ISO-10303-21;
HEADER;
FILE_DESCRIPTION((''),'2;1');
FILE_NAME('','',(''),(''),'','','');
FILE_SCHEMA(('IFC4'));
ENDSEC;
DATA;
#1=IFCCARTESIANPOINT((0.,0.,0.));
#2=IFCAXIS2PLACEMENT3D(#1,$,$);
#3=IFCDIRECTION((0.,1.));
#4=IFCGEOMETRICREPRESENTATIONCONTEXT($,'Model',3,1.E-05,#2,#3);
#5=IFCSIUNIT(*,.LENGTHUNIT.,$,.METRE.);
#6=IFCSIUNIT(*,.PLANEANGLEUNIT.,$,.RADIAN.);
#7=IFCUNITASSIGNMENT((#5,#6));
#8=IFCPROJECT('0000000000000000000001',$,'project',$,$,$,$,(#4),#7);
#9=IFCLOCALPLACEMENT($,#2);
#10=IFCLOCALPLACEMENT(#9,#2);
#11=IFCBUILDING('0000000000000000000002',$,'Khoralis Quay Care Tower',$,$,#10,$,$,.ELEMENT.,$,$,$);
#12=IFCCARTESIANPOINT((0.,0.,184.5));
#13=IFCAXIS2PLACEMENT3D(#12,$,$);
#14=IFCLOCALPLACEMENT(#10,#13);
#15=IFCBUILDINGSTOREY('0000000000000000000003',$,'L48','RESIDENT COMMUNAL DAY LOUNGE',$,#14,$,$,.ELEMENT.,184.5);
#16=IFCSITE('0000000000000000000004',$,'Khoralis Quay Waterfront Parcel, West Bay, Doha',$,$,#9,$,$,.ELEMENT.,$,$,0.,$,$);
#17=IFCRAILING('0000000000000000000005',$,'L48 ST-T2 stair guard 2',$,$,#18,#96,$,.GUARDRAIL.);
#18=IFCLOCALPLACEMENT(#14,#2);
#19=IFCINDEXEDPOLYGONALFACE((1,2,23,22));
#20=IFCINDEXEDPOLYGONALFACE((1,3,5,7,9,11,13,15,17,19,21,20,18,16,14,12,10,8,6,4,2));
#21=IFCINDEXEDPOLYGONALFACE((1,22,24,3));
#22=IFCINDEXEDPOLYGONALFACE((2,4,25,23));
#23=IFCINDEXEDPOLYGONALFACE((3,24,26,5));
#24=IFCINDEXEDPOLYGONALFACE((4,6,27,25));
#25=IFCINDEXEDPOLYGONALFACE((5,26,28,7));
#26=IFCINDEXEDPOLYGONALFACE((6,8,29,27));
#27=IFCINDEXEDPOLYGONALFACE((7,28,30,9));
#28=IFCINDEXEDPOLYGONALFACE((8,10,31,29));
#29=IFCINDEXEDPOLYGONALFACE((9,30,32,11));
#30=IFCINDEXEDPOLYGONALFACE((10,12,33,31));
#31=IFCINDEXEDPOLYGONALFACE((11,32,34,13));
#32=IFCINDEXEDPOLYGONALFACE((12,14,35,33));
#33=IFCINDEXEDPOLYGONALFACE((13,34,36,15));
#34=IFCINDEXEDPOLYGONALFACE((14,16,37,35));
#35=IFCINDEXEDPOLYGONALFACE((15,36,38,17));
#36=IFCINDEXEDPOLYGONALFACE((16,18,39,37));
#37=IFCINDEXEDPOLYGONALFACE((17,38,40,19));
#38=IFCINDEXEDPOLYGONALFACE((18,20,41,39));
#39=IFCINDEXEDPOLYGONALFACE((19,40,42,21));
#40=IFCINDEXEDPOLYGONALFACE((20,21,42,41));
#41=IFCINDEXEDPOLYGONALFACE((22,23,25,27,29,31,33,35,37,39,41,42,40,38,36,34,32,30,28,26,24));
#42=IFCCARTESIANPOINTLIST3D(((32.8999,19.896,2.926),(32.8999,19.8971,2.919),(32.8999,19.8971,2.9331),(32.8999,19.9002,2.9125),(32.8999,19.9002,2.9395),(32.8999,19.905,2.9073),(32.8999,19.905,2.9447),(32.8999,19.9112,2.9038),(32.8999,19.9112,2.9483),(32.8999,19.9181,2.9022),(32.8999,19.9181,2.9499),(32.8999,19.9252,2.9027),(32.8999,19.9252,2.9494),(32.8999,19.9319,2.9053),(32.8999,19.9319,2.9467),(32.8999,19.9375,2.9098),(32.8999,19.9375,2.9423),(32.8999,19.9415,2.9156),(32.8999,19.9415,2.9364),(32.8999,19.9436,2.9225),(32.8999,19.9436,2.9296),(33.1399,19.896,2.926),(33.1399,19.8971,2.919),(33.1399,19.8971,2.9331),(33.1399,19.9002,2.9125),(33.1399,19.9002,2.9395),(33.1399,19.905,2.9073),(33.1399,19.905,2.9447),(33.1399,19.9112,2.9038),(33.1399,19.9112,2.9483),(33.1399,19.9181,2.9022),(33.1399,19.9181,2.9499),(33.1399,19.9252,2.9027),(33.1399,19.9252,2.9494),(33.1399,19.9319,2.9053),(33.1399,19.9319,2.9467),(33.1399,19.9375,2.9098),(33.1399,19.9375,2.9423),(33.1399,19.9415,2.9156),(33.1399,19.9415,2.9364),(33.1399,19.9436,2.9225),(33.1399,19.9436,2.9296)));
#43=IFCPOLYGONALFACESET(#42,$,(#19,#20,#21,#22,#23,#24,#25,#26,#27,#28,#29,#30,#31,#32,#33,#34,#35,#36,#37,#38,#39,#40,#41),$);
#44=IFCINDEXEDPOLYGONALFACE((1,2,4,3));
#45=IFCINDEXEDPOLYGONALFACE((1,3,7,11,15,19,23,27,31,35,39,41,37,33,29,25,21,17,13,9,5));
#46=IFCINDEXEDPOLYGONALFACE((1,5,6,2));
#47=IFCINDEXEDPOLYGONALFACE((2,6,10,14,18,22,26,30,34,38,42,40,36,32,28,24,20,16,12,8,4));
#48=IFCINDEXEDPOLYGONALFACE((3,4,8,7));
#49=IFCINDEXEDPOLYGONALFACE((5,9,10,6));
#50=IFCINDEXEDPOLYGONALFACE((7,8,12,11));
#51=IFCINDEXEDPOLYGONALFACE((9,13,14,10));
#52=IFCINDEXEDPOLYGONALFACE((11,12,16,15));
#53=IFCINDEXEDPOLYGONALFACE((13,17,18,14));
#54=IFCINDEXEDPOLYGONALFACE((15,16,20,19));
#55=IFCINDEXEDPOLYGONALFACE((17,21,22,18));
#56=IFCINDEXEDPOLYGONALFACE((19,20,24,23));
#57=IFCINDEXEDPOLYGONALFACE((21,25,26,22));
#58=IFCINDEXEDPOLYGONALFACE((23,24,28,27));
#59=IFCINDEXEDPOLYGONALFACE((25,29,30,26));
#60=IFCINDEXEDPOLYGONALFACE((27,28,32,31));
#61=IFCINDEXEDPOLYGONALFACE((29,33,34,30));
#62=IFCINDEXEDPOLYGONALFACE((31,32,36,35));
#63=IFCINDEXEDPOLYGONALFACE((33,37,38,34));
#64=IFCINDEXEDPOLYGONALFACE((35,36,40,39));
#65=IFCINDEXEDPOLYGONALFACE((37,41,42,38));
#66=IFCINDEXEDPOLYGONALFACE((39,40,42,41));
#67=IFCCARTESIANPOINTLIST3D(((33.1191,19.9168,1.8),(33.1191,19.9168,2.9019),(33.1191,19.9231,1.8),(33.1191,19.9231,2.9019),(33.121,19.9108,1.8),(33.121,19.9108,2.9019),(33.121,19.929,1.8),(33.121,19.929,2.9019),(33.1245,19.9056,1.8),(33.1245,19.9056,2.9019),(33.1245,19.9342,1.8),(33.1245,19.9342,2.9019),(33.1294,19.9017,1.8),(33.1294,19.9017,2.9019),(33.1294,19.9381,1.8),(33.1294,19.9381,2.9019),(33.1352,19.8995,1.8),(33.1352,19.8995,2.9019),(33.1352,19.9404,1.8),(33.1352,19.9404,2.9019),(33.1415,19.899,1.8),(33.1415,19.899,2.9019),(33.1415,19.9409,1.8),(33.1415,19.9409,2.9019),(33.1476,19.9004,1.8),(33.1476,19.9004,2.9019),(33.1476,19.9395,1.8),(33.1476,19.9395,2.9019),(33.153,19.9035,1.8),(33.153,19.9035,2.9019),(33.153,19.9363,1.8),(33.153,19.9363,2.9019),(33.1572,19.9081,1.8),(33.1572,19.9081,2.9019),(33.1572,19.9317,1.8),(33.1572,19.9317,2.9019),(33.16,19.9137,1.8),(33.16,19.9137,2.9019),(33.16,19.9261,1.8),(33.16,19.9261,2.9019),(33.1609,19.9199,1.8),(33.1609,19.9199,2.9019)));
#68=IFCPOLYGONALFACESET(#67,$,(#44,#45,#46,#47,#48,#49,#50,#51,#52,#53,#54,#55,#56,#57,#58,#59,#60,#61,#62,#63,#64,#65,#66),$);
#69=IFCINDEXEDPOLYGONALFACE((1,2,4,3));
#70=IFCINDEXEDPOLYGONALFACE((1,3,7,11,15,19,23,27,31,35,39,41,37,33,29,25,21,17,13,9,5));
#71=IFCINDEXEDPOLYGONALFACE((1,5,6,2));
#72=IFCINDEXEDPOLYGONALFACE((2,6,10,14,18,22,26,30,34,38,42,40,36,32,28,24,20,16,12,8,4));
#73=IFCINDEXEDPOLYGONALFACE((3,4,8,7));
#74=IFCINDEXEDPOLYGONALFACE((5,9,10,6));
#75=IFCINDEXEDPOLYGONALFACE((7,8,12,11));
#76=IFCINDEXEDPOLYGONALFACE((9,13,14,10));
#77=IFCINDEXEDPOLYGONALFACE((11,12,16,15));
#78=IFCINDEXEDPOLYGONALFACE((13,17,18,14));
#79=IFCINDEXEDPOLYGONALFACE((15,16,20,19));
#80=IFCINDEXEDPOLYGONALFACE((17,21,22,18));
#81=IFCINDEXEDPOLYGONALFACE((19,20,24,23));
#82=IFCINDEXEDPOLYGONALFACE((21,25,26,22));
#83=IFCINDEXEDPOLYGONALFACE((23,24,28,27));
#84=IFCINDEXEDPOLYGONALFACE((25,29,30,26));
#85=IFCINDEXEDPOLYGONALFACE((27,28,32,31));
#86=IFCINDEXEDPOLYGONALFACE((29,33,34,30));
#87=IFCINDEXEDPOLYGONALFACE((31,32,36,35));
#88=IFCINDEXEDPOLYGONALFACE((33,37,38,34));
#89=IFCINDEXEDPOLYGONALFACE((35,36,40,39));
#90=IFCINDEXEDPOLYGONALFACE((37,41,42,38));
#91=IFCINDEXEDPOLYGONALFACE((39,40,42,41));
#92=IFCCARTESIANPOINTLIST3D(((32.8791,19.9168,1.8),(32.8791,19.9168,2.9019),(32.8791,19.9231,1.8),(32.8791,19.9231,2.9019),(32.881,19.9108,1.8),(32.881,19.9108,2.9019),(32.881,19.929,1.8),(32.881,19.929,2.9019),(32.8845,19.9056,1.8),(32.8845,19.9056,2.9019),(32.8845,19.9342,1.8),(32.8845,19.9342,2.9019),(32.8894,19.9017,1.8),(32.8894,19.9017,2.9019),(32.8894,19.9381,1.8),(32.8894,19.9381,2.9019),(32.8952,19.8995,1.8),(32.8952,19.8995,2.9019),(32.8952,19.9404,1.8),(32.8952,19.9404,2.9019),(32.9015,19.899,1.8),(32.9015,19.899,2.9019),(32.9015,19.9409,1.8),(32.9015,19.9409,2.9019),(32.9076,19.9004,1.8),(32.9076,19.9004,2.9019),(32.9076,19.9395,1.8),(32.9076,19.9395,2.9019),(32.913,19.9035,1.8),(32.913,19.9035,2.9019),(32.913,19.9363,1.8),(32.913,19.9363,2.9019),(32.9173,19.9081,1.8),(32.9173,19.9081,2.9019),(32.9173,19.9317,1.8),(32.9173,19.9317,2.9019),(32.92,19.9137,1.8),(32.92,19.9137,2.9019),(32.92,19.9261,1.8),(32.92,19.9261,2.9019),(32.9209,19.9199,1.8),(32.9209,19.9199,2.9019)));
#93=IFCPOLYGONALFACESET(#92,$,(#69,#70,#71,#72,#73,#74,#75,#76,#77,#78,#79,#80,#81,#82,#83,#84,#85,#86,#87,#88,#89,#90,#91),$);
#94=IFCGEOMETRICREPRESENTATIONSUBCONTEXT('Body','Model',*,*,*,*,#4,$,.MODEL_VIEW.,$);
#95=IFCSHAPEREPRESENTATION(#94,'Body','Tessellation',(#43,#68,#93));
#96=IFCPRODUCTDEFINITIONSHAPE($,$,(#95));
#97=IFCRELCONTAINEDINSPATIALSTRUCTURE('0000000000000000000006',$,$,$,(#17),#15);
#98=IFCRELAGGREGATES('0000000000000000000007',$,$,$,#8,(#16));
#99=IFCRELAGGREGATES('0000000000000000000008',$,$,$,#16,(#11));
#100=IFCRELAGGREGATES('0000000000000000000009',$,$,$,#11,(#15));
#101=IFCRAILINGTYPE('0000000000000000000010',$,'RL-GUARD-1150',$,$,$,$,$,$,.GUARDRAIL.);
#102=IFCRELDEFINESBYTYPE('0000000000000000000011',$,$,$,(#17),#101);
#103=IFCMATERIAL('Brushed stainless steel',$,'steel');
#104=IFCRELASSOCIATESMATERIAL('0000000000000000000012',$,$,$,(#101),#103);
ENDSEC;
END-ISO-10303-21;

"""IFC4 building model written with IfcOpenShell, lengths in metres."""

from ifc_helpers import new_model, si_unit, direction, frame, origin, origin_2d, place, context, subcontext, project, spatial, circle, extrude, material, type_object, element, save


model = new_model("IFC4")

# Units and contexts
model_context = context("Model", 3, precision=1e-05, world=origin(), true_north=direction((0.0, 1.0)))
body_context = subcontext(model_context, "Body", "Model", "MODEL_VIEW")
ifc_project = project(units=[si_unit("LENGTHUNIT", "METRE"), si_unit("PLANEANGLEUNIT", "RADIAN")], contexts=[model_context])

# Site, building, storey
site_placement = place(None, origin())
site = spatial("IfcSite", under=ifc_project, at=site_placement, Name="Khoralis Quay Waterfront Parcel, West Bay, Doha", CompositionType="ELEMENT", RefElevation=0.0)
building_placement = place(site_placement, origin())
building = spatial("IfcBuilding", under=site, at=building_placement, Name="Khoralis Quay Care Tower", CompositionType="ELEMENT")
storey_placement = place(building_placement, frame((0.0, 0.0, 184.5)))
storey = spatial("IfcBuildingStorey", under=building, at=storey_placement, Name="L48", Description="RESIDENT COMMUNAL DAY LOUNGE", CompositionType="ELEMENT", Elevation=184.5)

# Shared definitions
ifc_material_1 = material(Name="Brushed stainless steel", Category="steel")

# Railing
railing_type_1 = type_object("IfcRailingType", Name="RL-GUARD-1150", PredefinedType="GUARDRAIL", material=ifc_material_1)
railing_1_placement = place(storey_placement, frame((33.1399, 19.9199, 1.8)))
element("IfcRailing", 1, at=railing_1_placement, inside=storey, type_object=railing_type_1, Name="L48 ST-T2 stair guard 2", PredefinedType="GUARDRAIL", context=body_context, shape_type="SweptSolid", body=[
    extrude(circle(Radius=0.0239, at=origin_2d()), frame((0.0, 0.0, 1.126), z_axis=(-1.0, 0.0, 0.0), x_axis=(0.0, -1.0, 0.0)), (0.0, 0.0, 1.0), 0.24),
    extrude(circle(Radius=0.021, at=origin_2d()), origin(), (0.0, 0.0, 1.0), 1.1018),
    extrude(circle(Radius=0.021, at=origin_2d()), frame((-0.24, 0.0, 0.0)), (0.0, 0.0, 1.0), 1.1018),
])

save(model, "model.ifc")
